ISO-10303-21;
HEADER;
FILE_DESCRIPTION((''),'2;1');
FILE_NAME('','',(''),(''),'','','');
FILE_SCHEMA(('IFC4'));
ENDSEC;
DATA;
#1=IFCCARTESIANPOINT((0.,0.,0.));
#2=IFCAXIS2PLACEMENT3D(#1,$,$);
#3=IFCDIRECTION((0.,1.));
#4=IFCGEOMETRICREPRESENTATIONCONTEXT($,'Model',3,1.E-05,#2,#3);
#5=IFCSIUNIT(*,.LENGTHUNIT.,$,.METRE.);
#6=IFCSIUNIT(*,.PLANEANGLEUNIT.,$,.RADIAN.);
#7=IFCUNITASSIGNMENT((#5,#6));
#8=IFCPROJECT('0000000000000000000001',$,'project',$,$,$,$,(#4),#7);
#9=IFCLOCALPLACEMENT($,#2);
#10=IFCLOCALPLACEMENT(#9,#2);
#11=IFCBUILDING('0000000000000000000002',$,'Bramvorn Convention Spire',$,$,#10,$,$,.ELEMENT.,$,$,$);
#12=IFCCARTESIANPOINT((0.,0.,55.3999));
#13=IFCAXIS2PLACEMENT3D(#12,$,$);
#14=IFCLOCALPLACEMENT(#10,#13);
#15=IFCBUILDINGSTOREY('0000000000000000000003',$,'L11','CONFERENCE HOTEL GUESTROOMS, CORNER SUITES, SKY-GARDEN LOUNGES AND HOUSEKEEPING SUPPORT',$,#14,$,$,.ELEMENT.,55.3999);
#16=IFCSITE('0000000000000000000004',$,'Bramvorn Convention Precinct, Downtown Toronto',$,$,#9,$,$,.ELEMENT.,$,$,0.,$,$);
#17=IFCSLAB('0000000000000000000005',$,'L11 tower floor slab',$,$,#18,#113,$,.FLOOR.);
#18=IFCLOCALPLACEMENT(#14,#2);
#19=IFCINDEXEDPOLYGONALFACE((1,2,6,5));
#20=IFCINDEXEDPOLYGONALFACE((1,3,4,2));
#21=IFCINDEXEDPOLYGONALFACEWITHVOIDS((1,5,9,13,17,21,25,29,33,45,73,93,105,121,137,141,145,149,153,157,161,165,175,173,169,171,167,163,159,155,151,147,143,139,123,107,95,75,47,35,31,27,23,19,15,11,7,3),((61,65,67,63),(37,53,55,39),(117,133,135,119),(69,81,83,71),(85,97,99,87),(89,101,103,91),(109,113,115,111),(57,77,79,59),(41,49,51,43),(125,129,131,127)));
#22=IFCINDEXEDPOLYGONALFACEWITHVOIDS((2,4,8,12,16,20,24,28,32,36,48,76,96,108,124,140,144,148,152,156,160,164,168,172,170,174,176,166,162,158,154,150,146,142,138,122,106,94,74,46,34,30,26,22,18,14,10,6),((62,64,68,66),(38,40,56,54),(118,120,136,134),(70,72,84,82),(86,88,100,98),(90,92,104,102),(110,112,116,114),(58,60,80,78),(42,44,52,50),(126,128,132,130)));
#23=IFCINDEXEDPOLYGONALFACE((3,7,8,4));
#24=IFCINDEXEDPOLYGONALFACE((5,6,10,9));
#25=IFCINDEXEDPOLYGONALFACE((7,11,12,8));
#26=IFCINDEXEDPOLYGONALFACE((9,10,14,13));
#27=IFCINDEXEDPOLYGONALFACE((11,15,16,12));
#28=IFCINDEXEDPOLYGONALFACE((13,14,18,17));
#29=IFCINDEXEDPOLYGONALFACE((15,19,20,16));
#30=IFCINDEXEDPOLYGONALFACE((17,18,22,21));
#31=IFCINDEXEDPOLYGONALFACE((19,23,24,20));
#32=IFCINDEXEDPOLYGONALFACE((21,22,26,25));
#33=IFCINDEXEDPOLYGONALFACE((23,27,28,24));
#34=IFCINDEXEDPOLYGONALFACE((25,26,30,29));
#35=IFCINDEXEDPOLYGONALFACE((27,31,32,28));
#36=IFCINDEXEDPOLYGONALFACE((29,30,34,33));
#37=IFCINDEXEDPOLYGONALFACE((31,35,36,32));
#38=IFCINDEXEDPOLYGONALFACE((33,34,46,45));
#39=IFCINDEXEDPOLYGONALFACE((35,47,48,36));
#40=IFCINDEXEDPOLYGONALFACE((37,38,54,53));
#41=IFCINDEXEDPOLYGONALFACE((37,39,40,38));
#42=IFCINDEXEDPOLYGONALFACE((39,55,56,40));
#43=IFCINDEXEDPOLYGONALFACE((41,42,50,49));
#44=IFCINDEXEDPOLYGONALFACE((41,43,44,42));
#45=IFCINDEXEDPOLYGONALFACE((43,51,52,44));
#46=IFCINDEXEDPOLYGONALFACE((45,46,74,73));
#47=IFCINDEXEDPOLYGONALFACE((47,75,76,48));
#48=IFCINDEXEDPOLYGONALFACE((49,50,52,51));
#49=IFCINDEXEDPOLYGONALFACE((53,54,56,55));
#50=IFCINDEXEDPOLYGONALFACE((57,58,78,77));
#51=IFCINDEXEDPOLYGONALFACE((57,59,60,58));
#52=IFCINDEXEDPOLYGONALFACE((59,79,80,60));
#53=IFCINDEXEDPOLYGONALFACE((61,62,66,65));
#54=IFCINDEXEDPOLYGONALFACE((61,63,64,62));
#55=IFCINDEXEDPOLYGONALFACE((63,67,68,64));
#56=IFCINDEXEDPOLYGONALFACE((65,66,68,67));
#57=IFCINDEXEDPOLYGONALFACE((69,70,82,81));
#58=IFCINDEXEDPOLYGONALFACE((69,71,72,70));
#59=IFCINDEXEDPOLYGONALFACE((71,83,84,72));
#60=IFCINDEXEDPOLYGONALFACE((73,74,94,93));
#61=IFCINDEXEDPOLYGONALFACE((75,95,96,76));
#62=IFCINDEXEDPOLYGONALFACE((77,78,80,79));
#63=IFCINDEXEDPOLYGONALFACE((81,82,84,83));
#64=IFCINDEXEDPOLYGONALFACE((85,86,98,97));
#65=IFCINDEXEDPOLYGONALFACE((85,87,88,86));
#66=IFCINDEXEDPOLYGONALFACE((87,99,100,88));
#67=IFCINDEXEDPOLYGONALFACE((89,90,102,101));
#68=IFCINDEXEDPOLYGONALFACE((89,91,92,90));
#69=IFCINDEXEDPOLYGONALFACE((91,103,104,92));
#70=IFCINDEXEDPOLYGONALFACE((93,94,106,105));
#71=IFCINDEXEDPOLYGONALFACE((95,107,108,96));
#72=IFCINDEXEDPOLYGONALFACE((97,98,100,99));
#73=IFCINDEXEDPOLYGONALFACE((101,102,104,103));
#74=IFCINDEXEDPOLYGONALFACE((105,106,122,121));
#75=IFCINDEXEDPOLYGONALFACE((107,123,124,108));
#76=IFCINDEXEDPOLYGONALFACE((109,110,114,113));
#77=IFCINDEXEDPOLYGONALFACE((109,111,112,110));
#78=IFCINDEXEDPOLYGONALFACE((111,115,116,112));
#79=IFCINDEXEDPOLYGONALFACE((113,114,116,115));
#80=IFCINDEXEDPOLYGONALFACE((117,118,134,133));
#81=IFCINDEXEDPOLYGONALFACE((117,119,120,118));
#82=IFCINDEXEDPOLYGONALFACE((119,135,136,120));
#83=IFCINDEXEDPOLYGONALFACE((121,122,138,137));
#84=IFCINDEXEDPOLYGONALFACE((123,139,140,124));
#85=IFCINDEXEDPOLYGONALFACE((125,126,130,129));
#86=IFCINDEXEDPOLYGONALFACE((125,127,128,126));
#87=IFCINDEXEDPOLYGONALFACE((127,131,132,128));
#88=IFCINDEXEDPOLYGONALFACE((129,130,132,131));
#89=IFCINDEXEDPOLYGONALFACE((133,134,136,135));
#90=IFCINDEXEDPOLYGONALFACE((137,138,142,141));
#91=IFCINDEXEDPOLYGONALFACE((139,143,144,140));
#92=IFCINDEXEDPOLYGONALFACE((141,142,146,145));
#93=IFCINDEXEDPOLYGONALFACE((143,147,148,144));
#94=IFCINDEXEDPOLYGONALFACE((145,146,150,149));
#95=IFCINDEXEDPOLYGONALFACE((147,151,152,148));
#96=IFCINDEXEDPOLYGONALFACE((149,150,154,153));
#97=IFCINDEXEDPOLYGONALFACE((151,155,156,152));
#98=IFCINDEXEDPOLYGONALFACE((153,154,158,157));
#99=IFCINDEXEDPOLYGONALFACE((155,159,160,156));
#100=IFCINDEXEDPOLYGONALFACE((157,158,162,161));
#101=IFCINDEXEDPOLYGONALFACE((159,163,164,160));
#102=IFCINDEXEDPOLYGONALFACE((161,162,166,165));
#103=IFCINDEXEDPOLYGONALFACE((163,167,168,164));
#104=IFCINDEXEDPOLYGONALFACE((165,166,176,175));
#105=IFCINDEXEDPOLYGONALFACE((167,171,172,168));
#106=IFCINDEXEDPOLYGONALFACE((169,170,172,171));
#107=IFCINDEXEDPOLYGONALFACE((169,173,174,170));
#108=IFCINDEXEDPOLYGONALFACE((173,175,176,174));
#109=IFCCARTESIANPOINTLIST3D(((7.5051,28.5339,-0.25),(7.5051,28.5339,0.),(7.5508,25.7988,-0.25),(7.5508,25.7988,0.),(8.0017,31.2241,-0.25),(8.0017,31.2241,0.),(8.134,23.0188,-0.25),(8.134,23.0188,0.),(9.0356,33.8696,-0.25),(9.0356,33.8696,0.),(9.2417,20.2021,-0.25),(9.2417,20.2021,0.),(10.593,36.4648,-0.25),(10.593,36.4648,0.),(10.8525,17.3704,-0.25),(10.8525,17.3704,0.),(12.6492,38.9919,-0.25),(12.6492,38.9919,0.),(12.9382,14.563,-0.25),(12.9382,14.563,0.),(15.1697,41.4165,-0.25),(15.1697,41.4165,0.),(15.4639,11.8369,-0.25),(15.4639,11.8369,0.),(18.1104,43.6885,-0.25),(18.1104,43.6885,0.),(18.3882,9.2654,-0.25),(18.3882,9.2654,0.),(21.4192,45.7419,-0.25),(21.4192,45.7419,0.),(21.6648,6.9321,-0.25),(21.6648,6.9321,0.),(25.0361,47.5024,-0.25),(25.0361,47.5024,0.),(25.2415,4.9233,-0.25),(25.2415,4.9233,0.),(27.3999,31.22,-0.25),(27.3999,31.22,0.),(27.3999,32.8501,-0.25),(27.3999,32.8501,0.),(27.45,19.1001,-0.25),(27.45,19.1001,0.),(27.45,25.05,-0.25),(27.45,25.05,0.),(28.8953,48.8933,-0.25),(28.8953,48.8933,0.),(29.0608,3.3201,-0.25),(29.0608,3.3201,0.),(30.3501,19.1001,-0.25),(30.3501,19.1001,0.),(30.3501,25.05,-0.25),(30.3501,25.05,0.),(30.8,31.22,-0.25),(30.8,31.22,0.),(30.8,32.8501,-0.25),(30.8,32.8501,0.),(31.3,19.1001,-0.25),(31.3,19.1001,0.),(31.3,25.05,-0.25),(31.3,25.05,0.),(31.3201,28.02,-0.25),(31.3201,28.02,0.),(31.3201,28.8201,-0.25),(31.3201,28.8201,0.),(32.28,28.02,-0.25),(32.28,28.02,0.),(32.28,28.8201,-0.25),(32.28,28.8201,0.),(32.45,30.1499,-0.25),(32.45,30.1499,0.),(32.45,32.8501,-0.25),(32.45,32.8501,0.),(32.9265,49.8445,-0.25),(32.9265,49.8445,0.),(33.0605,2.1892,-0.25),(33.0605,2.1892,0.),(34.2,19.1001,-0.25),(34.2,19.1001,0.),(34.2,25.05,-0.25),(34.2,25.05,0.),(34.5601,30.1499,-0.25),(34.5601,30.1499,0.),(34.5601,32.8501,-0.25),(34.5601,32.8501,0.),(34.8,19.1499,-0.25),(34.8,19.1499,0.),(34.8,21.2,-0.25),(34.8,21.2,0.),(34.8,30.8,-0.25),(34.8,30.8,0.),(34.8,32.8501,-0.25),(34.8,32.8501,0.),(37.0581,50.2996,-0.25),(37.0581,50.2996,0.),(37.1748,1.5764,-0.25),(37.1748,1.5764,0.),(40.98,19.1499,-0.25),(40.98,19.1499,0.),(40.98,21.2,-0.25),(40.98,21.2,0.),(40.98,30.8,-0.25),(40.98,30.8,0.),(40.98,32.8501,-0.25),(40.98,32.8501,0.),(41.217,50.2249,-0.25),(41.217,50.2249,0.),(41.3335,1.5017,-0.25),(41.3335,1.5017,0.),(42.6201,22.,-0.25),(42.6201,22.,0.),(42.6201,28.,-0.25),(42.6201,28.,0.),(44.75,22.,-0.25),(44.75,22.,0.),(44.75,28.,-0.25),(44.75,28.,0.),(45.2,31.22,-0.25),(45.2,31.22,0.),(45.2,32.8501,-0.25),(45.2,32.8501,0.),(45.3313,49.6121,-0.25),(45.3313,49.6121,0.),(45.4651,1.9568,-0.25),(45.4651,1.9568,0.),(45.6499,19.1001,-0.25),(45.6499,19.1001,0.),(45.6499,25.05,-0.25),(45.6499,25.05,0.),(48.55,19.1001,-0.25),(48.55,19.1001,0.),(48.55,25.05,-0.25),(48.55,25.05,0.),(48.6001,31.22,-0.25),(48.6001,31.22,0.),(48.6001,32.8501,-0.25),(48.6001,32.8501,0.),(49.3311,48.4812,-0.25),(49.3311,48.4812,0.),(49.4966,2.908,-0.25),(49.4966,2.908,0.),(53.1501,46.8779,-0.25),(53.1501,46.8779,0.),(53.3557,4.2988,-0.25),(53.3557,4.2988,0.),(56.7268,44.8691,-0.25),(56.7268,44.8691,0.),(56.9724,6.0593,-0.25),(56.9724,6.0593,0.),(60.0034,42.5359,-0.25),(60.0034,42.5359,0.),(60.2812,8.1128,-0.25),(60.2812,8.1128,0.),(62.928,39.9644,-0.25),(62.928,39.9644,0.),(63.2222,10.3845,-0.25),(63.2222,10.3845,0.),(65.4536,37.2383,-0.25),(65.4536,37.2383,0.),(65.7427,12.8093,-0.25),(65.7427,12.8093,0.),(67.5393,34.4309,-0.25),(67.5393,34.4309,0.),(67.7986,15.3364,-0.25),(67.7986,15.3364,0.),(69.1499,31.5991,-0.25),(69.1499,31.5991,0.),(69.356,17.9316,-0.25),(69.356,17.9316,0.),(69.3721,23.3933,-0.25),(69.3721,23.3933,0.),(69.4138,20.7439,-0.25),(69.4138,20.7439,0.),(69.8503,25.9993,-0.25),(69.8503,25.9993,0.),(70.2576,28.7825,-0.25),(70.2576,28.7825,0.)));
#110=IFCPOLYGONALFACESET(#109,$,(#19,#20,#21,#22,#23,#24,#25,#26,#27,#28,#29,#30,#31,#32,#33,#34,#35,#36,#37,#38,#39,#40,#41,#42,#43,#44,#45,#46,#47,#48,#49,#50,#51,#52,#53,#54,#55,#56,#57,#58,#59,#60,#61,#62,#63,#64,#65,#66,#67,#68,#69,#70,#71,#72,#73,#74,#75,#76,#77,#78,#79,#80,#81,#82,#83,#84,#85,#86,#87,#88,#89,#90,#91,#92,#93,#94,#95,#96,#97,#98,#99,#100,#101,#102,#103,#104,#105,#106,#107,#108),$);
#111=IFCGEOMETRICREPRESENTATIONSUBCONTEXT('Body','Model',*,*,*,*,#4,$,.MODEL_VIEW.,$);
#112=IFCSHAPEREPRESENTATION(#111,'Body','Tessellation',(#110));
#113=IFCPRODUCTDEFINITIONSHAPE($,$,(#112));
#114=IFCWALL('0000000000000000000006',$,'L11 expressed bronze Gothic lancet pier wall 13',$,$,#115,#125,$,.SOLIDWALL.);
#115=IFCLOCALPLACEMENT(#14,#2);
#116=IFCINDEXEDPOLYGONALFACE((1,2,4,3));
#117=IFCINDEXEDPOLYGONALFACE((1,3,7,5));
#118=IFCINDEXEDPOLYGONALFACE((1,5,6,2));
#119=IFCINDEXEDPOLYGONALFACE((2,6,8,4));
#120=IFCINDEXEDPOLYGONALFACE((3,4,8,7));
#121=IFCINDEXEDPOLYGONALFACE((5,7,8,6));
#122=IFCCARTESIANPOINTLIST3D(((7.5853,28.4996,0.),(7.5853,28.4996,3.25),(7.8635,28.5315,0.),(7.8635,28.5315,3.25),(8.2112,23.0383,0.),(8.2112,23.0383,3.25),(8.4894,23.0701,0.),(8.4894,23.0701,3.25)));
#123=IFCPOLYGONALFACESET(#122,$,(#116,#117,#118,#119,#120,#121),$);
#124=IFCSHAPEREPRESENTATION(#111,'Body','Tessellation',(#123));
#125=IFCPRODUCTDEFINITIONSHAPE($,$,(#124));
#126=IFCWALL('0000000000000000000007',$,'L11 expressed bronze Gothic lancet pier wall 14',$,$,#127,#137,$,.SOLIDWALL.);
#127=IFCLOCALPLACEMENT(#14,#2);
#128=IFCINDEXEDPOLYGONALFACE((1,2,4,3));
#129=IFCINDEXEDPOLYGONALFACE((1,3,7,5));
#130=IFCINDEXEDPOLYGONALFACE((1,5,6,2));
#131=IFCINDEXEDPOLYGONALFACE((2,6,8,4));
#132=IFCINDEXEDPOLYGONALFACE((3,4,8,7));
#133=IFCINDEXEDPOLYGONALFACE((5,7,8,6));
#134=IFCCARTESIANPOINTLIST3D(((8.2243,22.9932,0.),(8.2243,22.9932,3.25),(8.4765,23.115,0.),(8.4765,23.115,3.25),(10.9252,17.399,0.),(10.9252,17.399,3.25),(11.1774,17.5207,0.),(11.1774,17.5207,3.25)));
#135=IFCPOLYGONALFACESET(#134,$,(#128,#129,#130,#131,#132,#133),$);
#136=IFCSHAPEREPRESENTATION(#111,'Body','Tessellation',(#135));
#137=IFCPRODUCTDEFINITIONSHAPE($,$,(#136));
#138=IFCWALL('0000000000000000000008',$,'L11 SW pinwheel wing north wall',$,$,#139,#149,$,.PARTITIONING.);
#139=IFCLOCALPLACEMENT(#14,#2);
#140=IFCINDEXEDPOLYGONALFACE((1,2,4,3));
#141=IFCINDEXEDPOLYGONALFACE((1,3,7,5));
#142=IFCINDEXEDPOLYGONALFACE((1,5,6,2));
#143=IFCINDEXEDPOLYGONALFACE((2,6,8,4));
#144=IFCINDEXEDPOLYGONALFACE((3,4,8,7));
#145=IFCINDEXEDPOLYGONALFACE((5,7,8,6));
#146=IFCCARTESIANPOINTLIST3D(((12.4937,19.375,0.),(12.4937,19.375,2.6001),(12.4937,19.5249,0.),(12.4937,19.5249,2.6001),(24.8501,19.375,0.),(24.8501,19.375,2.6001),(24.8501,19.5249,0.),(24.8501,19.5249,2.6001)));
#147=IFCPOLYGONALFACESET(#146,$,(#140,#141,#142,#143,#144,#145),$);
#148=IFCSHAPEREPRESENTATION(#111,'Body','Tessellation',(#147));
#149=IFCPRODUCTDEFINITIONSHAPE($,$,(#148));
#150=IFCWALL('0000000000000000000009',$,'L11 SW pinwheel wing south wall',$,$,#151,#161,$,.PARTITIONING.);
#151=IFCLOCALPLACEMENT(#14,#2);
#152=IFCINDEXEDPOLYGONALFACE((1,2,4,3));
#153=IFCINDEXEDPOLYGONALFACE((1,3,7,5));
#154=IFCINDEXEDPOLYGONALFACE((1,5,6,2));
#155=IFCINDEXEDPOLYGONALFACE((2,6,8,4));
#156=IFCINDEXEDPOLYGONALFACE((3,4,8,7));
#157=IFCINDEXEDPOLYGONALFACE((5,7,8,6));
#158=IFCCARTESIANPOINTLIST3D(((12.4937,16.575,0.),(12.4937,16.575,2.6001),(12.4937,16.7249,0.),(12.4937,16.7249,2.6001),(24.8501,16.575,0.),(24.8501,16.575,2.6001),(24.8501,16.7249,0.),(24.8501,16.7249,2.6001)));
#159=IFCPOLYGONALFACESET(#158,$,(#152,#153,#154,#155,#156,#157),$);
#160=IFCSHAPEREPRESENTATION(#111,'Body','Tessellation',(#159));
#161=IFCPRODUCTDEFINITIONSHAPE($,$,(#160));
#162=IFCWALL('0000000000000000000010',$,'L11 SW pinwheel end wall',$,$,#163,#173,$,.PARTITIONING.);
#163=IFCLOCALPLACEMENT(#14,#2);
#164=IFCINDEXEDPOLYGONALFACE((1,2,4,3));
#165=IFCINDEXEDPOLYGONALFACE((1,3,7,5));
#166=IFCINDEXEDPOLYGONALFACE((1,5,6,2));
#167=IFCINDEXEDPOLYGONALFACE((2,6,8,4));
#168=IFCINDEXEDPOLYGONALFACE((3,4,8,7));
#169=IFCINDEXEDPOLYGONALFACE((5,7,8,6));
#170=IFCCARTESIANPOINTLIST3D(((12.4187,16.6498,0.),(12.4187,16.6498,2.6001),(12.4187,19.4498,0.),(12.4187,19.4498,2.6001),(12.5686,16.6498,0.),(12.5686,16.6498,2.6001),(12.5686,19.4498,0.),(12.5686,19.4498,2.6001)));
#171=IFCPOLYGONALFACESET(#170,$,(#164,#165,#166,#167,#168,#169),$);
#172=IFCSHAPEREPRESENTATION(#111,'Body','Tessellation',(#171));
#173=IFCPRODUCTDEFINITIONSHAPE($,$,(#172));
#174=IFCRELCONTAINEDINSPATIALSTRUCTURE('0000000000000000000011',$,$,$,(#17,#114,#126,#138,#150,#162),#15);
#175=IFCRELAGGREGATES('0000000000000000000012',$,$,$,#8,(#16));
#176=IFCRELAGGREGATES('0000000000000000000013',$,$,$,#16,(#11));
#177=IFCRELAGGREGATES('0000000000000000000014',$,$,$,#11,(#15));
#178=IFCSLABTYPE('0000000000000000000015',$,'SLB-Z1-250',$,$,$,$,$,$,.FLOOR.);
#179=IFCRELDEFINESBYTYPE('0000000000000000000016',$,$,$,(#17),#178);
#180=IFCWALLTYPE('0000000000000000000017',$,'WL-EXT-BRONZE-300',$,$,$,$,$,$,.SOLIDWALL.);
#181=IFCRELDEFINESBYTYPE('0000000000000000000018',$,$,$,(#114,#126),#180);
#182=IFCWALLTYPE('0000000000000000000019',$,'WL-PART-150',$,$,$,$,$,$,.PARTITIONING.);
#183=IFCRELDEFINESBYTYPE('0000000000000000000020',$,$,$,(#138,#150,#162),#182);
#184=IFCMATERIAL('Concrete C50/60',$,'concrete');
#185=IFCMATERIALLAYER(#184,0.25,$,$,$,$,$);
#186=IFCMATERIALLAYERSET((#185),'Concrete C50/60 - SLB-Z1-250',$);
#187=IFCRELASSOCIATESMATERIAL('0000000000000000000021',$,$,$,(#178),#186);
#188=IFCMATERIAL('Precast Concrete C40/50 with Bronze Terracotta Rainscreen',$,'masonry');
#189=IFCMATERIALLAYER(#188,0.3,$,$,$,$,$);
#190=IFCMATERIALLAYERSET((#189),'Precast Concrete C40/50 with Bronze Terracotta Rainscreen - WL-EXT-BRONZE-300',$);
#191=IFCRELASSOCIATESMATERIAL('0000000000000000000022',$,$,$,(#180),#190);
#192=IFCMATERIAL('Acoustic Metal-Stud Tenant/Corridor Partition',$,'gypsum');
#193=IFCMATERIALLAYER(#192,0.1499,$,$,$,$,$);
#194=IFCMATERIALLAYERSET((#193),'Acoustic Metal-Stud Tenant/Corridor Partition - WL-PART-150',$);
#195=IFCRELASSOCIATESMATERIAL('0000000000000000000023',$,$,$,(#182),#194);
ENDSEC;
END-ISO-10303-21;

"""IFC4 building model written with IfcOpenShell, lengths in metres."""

from ifc_helpers import new_model, si_unit, direction, frame, frame_2d, origin, place, context, subcontext, project, spatial, polyline, rectangle, outline, extrude, material, layer, layer_set, type_object, element, save


model = new_model("IFC4")

# Units and contexts
model_context = context("Model", 3, precision=1e-05, world=origin(), true_north=direction((0.0, 1.0)))
body_context = subcontext(model_context, "Body", "Model", "MODEL_VIEW")
ifc_project = project(units=[si_unit("LENGTHUNIT", "METRE"), si_unit("PLANEANGLEUNIT", "RADIAN")], contexts=[model_context])

# Site, building, storey
site_placement = place(None, origin())
site = spatial("IfcSite", under=ifc_project, at=site_placement, Name="Bramvorn Convention Precinct, Downtown Toronto", CompositionType="ELEMENT", RefElevation=0.0)
building_placement = place(site_placement, origin())
building = spatial("IfcBuilding", under=site, at=building_placement, Name="Bramvorn Convention Spire", CompositionType="ELEMENT")
storey_placement = place(building_placement, frame((0.0, 0.0, 55.3999)))
storey = spatial("IfcBuildingStorey", under=building, at=storey_placement, Name="L11", Description="CONFERENCE HOTEL GUESTROOMS, CORNER SUITES, SKY-GARDEN LOUNGES AND HOUSEKEEPING SUPPORT", CompositionType="ELEMENT", Elevation=55.3999)

# Slab
ifc_material_1 = material(Name="Concrete C50/60", Category="concrete")
ifc_layer_1 = layer(ifc_material_1, 0.25)
ifc_layer_set_1 = layer_set([ifc_layer_1], Name="Concrete C50/60 - SLB-Z1-250")
slab_type_1 = type_object("IfcSlabType", Name="SLB-Z1-250", PredefinedType="FLOOR", material=ifc_layer_set_1)
slab_1_placement = place(storey_placement, frame((0.0, 0.0, -0.25)))
element("IfcSlab", 1, at=slab_1_placement, inside=storey, type_object=slab_type_1, Name="L11 tower floor slab", PredefinedType="FLOOR", context=body_context, shape_type="SweptSolid", body=[
    extrude(outline(polyline([(69.3721, 23.3933), (69.8503, 25.9993), (70.2576, 28.7825), (69.1499, 31.5991), (67.5393, 34.4309), (65.4536, 37.2383), (62.928, 39.9644), (60.0034, 42.5359), (56.7268, 44.8691), (53.1501, 46.8779), (49.3311, 48.4812), (45.3313, 49.6121), (41.217, 50.2249), (37.0581, 50.2996), (32.9265, 49.8445), (28.8953, 48.8933), (25.0361, 47.5024), (21.4192, 45.7419), (18.1104, 43.6885), (15.1697, 41.4165), (12.6492, 38.9919), (10.593, 36.4648), (9.0356, 33.8696), (8.0017, 31.2241), (7.5051, 28.5339), (7.5508, 25.7988), (8.134, 23.0188), (9.2417, 20.2021), (10.8525, 17.3704), (12.9382, 14.563), (15.4639, 11.8369), (18.3882, 9.2654), (21.6648, 6.9321), (25.2415, 4.9233), (29.0608, 3.3201), (33.0605, 2.1892), (37.1748, 1.5764), (41.3335, 1.5017), (45.4651, 1.9568), (49.4966, 2.908), (53.3557, 4.2988), (56.9724, 6.0593), (60.2812, 8.1128), (63.2222, 10.3845), (65.7427, 12.8093), (67.7986, 15.3364), (69.356, 17.9316), (69.4138, 20.7439), (69.3721, 23.3933)]), holes=[polyline([(27.45, 25.05), (27.45, 19.1001), (30.3501, 19.1001), (30.3501, 25.05), (27.45, 25.05)]), polyline([(45.6499, 25.05), (45.6499, 19.1001), (48.55, 19.1001), (48.55, 25.05), (45.6499, 25.05)]), polyline([(31.3, 25.05), (31.3, 19.1001), (34.2, 19.1001), (34.2, 25.05), (31.3, 25.05)]), polyline([(27.3999, 31.22), (30.8, 31.22), (30.8, 32.8501), (27.3999, 32.8501), (27.3999, 31.22)]), polyline([(45.2, 31.22), (48.6001, 31.22), (48.6001, 32.8501), (45.2, 32.8501), (45.2, 31.22)]), polyline([(32.45, 30.1499), (34.5601, 30.1499), (34.5601, 32.8501), (32.45, 32.8501), (32.45, 30.1499)]), polyline([(34.8, 30.8), (40.98, 30.8), (40.98, 32.8501), (34.8, 32.8501), (34.8, 30.8)]), polyline([(34.8, 19.1499), (40.98, 19.1499), (40.98, 21.2), (34.8, 21.2), (34.8, 19.1499)]), polyline([(42.6201, 22.0), (44.75, 22.0), (44.75, 28.0), (42.6201, 28.0), (42.6201, 22.0)]), polyline([(31.3201, 28.02), (32.28, 28.02), (32.28, 28.8201), (31.3201, 28.8201), (31.3201, 28.02)])]), origin(), (0.0, 0.0, 1.0), 0.25),
])

# Walls
ifc_material_2 = material(Name="Precast Concrete C40/50 with Bronze Terracotta Rainscreen", Category="masonry")
ifc_layer_2 = layer(ifc_material_2, 0.3)
ifc_layer_set_2 = layer_set([ifc_layer_2], Name="Precast Concrete C40/50 with Bronze Terracotta Rainscreen - WL-EXT-BRONZE-300")
wall_type_1 = type_object("IfcWallType", Name="WL-EXT-BRONZE-300", PredefinedType="SOLIDWALL", material=ifc_layer_set_2)
wall_1_placement = place(storey_placement, frame((8.3503, 23.0542, 0.0), z_axis=(0.0, 0.0, 1.0), x_axis=(-0.113872, 0.993495, 0.0)))
element("IfcWall", 2, at=wall_1_placement, inside=storey, type_object=wall_type_1, Name="L11 expressed bronze Gothic lancet pier wall 13", PredefinedType="SOLIDWALL", context=body_context, shape_type="SweptSolid", body=[
    extrude(rectangle(XDim=5.4971, YDim=0.28, at=frame_2d((2.7485, 0.0))), origin(), (0.0, 0.0, 1.0), 3.25),
])
wall_2_placement = place(storey_placement, frame((11.0513, 17.46, 0.0), z_axis=(0.0, 0.0, 1.0), x_axis=(-0.434783, 0.900535, 0.0)))
element("IfcWall", 3, at=wall_2_placement, inside=storey, type_object=wall_type_1, Name="L11 expressed bronze Gothic lancet pier wall 14", PredefinedType="SOLIDWALL", context=body_context, shape_type="SweptSolid", body=[
    extrude(rectangle(XDim=6.2122, YDim=0.28, at=frame_2d((3.106, 0.0))), origin(), (0.0, 0.0, 1.0), 3.25),
])
ifc_material_3 = material(Name="Acoustic Metal-Stud Tenant/Corridor Partition", Category="gypsum")
ifc_layer_3 = layer(ifc_material_3, 0.1499)
ifc_layer_set_3 = layer_set([ifc_layer_3], Name="Acoustic Metal-Stud Tenant/Corridor Partition - WL-PART-150")
wall_type_2 = type_object("IfcWallType", Name="WL-PART-150", PredefinedType="PARTITIONING", material=ifc_layer_set_3)
for number, where, z_axis, x_axis, name in (
    (4, (12.4937, 19.45, 0.0), (0.0, 0.0, 1.0), (1.0, 0.0, 0.0), "L11 SW pinwheel wing north wall"),
    (5, (12.4937, 16.6499, 0.0), (0.0, 0.0, 1.0), (1.0, 0.0, 0.0), "L11 SW pinwheel wing south wall"),
):
    element("IfcWall", number, at=place(storey_placement, frame(where, z_axis=z_axis, x_axis=x_axis)), inside=storey, type_object=wall_type_2, Name=name, PredefinedType="PARTITIONING", context=body_context, shape_type="SweptSolid", body=[
        extrude(rectangle(XDim=12.3564, YDim=0.1499, at=frame_2d((6.1782, 0.0))), origin(), (0.0, 0.0, 1.0), 2.6001),
    ])
wall_3_placement = place(storey_placement, frame((12.4937, 16.6499, 0.0), z_axis=(0.0, 0.0, 1.0), x_axis=(0.0, 1.0, 0.0)))
element("IfcWall", 6, at=wall_3_placement, inside=storey, type_object=wall_type_2, Name="L11 SW pinwheel end wall", PredefinedType="PARTITIONING", context=body_context, shape_type="SweptSolid", body=[
    extrude(rectangle(XDim=2.8, YDim=0.1499, at=frame_2d((1.3999, 0.0))), origin(), (0.0, 0.0, 1.0), 2.6001),
])

save(model, "model.ifc")
